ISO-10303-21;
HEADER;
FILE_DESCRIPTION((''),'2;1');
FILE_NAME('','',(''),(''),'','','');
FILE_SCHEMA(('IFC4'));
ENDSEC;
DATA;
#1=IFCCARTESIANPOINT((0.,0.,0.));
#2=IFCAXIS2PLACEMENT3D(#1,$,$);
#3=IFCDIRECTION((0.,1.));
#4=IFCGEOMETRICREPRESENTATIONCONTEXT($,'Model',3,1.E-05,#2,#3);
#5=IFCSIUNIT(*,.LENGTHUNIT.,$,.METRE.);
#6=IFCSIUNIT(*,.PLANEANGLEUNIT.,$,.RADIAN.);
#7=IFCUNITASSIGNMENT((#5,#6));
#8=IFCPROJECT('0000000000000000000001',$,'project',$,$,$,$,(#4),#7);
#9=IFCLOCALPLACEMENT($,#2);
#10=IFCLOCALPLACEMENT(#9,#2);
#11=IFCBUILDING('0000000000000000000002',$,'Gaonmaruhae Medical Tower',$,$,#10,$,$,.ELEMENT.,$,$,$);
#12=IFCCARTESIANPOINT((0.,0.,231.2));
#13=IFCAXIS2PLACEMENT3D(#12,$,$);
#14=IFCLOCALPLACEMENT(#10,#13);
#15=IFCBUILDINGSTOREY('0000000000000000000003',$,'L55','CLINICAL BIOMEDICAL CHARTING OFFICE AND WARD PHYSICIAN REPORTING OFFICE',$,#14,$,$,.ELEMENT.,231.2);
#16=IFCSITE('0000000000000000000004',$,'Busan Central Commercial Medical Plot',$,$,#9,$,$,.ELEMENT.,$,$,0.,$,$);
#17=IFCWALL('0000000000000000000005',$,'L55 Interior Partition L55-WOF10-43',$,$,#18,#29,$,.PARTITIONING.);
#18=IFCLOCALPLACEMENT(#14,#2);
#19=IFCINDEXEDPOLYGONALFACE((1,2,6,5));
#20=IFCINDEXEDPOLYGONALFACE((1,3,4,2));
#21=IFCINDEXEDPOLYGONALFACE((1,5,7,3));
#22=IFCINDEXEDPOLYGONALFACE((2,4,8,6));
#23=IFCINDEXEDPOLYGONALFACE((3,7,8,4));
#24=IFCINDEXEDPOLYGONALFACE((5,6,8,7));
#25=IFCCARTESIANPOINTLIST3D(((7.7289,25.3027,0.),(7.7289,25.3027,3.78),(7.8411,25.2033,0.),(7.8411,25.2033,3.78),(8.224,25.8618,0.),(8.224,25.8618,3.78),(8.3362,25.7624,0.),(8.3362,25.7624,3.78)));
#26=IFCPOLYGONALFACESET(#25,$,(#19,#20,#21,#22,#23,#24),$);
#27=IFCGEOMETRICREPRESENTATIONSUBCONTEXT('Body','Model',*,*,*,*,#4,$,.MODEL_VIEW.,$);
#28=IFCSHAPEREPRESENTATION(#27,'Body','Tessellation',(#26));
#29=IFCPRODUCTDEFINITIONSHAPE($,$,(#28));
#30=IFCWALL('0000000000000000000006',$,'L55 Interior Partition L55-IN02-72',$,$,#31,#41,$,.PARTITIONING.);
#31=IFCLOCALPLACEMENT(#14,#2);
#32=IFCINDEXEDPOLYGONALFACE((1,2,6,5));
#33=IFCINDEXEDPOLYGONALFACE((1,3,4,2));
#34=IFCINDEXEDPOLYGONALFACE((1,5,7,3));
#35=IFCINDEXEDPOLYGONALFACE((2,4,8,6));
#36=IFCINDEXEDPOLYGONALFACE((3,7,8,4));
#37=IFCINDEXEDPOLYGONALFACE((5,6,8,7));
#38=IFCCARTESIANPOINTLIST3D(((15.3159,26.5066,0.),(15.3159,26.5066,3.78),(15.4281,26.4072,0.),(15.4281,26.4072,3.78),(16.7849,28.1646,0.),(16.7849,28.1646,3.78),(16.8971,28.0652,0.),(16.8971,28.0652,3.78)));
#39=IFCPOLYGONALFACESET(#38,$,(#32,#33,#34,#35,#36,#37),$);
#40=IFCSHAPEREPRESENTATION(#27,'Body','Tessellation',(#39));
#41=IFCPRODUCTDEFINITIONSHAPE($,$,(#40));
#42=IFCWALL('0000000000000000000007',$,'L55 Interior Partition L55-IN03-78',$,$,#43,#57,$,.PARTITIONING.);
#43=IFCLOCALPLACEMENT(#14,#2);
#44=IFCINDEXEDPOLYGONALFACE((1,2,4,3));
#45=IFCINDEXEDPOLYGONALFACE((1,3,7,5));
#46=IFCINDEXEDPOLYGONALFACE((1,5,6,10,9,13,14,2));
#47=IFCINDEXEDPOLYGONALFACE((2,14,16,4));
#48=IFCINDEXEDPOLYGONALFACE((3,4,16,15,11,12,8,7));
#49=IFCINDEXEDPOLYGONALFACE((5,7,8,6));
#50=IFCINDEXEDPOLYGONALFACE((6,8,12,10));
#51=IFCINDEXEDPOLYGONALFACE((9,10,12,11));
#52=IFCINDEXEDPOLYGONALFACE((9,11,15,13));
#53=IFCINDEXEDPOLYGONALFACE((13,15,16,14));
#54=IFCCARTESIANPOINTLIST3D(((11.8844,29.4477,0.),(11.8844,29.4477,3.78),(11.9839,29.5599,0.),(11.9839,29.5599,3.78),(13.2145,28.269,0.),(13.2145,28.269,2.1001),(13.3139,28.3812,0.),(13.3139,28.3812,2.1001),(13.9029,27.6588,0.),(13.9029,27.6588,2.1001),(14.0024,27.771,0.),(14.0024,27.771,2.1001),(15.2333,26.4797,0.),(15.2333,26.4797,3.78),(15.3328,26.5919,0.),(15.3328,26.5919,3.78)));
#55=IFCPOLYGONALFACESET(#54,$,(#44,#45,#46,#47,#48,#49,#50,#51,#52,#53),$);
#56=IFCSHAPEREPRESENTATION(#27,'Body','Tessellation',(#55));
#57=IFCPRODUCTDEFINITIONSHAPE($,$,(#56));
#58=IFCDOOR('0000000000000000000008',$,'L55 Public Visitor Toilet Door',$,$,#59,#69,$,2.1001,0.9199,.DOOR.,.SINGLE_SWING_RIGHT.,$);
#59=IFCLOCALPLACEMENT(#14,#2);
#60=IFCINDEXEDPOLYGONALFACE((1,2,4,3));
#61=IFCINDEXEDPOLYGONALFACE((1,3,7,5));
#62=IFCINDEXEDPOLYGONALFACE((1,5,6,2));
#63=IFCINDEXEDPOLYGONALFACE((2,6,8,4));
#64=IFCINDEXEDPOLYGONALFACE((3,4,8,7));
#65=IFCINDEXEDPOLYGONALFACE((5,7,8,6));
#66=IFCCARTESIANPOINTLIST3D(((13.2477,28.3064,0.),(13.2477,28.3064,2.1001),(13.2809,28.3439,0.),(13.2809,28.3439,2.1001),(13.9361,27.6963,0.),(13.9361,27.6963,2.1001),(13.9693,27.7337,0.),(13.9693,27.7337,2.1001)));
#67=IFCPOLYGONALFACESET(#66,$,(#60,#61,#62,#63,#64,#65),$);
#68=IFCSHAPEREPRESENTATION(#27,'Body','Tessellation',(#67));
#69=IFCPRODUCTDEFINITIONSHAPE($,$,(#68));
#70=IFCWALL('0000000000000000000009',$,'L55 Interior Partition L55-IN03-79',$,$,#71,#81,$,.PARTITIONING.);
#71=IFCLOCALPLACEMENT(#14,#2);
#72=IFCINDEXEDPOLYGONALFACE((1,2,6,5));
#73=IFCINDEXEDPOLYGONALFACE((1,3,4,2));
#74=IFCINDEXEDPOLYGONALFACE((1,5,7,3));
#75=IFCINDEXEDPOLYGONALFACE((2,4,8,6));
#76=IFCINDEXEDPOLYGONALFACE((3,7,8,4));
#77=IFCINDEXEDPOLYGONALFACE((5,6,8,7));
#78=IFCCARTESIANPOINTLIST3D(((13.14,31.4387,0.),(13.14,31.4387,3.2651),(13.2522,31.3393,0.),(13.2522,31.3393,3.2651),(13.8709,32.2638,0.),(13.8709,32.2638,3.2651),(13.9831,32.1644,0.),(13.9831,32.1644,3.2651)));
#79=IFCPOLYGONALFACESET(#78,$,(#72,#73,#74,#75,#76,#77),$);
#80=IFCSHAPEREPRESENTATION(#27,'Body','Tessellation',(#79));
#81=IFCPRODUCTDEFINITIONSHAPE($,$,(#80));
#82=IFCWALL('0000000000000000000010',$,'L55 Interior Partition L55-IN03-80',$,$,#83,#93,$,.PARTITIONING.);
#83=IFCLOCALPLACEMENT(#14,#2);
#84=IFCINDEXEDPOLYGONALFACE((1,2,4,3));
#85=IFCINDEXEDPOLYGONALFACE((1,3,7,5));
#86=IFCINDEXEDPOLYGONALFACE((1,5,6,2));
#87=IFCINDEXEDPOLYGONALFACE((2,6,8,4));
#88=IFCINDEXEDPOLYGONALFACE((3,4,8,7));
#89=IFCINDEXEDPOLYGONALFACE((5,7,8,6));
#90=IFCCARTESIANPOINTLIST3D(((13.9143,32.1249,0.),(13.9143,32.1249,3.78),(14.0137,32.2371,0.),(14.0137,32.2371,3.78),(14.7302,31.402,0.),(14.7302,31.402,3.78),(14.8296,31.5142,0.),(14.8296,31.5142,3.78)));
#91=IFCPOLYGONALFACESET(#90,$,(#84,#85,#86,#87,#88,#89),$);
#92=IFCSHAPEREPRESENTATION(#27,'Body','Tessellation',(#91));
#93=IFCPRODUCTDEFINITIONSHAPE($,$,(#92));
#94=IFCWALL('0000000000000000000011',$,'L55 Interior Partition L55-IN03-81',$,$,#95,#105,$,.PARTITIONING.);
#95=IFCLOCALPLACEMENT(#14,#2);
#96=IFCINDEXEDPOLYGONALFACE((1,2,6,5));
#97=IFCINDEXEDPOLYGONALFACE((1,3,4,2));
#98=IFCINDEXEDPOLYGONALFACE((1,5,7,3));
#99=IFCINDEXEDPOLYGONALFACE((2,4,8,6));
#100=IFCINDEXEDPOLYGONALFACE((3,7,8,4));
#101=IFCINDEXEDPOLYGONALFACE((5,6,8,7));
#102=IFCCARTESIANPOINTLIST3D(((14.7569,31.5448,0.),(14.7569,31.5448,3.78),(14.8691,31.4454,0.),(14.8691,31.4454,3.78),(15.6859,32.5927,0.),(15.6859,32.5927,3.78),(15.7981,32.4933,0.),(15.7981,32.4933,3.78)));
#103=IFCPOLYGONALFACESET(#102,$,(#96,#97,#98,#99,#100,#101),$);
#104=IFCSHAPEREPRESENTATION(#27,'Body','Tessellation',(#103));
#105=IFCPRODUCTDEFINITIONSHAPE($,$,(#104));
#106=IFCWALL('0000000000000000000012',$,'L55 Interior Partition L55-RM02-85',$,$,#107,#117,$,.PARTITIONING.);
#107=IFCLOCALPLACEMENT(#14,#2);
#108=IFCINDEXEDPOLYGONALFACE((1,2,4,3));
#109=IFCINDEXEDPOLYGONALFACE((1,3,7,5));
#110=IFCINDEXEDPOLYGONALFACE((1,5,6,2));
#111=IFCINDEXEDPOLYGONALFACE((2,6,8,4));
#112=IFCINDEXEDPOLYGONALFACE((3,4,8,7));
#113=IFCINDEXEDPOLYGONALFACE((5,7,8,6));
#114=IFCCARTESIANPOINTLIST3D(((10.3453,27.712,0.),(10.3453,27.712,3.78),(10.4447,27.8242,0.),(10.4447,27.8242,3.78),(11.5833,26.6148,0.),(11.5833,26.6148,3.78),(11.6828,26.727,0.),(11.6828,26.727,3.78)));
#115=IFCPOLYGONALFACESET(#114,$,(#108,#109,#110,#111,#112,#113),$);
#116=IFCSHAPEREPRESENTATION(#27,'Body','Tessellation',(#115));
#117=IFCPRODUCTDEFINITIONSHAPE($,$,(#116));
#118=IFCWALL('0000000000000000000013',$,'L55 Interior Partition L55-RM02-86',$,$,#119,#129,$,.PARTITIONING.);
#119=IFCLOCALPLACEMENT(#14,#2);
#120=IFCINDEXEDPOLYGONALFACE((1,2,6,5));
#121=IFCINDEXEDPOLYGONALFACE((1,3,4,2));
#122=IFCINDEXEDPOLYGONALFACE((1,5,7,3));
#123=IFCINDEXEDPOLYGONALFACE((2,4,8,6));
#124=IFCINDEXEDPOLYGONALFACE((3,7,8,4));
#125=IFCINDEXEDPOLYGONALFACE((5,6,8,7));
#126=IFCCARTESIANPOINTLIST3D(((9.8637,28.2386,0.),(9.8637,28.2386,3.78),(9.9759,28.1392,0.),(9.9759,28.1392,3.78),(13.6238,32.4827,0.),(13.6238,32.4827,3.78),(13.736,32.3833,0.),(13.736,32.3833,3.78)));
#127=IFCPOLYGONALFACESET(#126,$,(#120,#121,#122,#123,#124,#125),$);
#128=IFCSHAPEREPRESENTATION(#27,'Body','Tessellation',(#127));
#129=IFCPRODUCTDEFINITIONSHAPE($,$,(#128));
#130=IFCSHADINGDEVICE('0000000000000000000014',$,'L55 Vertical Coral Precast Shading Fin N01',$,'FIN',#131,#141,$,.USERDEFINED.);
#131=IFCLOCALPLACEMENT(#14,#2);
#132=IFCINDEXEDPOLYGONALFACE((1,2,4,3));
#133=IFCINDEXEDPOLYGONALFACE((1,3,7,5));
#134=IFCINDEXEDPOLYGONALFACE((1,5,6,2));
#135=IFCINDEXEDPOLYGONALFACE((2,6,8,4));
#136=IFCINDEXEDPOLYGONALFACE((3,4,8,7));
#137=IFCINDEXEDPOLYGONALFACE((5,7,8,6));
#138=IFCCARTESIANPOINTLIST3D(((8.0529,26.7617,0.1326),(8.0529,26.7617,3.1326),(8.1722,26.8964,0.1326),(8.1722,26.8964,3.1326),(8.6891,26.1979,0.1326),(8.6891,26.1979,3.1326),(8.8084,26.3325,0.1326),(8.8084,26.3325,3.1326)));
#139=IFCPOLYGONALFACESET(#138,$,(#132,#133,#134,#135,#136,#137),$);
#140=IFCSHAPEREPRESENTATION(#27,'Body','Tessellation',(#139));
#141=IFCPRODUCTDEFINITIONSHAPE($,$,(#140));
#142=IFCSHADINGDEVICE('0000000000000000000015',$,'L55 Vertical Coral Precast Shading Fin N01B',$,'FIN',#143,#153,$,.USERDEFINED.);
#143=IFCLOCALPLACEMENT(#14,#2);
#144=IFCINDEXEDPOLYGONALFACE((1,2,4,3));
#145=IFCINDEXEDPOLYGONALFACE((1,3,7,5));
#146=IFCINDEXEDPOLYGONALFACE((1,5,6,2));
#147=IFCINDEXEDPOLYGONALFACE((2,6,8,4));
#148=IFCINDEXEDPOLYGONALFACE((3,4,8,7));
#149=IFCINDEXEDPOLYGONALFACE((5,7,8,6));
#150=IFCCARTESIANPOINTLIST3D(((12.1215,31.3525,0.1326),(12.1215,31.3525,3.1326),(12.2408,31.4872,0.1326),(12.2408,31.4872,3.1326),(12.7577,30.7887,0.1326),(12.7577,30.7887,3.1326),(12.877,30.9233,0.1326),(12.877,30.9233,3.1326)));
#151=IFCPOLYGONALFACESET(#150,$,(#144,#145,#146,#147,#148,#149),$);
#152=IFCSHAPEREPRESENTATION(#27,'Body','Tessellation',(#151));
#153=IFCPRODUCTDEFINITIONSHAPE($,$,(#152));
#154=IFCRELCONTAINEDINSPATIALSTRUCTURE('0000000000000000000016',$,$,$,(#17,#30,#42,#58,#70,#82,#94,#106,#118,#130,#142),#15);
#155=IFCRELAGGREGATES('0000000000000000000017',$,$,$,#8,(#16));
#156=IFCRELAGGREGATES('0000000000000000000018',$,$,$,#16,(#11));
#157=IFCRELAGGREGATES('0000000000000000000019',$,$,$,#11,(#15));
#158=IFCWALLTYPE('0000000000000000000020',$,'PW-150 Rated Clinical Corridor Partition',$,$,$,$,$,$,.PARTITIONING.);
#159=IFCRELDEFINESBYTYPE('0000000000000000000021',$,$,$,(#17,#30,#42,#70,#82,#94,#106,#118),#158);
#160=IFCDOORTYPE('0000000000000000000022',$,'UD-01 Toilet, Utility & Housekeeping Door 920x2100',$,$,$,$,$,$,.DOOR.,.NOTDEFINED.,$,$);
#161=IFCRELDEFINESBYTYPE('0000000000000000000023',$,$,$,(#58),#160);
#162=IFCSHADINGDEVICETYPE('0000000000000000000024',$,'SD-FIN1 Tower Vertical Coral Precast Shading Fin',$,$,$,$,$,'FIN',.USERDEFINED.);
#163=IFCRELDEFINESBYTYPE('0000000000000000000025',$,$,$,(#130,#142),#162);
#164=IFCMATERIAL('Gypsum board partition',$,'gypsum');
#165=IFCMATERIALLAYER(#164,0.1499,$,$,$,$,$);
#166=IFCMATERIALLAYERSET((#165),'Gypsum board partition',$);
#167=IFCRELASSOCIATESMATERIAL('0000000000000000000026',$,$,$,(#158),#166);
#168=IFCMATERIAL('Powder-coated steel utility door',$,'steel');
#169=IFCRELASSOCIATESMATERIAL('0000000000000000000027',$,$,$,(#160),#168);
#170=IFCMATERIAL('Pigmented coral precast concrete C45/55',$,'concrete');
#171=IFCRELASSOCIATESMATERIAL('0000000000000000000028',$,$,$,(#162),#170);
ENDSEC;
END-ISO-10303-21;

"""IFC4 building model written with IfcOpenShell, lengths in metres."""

from ifc_helpers import new_model, si_unit, direction, frame, frame_2d, origin, origin_2d, place, context, subcontext, project, spatial, rectangle, extrude, material, layer, layer_set, type_object, element, fill, save


model = new_model("IFC4")

# Units and contexts
model_context = context("Model", 3, precision=1e-05, world=origin(), true_north=direction((0.0, 1.0)))
body_context = subcontext(model_context, "Body", "Model", "MODEL_VIEW")
ifc_project = project(units=[si_unit("LENGTHUNIT", "METRE"), si_unit("PLANEANGLEUNIT", "RADIAN")], contexts=[model_context])

# Site, building, storey
site_placement = place(None, origin())
site = spatial("IfcSite", under=ifc_project, at=site_placement, Name="Busan Central Commercial Medical Plot", CompositionType="ELEMENT", RefElevation=0.0)
building_placement = place(site_placement, origin())
building = spatial("IfcBuilding", under=site, at=building_placement, Name="Gaonmaruhae Medical Tower", CompositionType="ELEMENT")
storey_placement = place(building_placement, frame((0.0, 0.0, 231.2)))
storey = spatial("IfcBuildingStorey", under=building, at=storey_placement, Name="L55", Description="CLINICAL BIOMEDICAL CHARTING OFFICE AND WARD PHYSICIAN REPORTING OFFICE", CompositionType="ELEMENT", Elevation=231.2)

# Wall
ifc_material_1 = material(Name="Gypsum board partition", Category="gypsum")
ifc_layer_1 = layer(ifc_material_1, 0.1499)
ifc_layer_set_1 = layer_set([ifc_layer_1], Name="Gypsum board partition")
wall_type_1 = type_object("IfcWallType", Name="PW-150 Rated Clinical Corridor Partition", PredefinedType="PARTITIONING", material=ifc_layer_set_1)
wall_1_placement = place(storey_placement, frame((7.7849, 25.2529, 0.0), z_axis=(0.0, 0.0, 1.0), x_axis=(0.662983, 0.748635, 0.0)))
element("IfcWall", 1, at=wall_1_placement, inside=storey, type_object=wall_type_1, Name="L55 Interior Partition L55-WOF10-43", PredefinedType="PARTITIONING", context=body_context, shape_type="SweptSolid", body=[
    extrude(rectangle(XDim=0.7468, YDim=0.1499, at=frame_2d((0.3735, 0.0))), origin(), (0.0, 0.0, 1.0), 3.78),
])

# Wall
wall_2_placement = place(storey_placement, frame((15.3721, 26.457, 0.0), z_axis=(0.0, 0.0, 1.0), x_axis=(0.663166, 0.748473, 0.0)))
element("IfcWall", 2, at=wall_2_placement, inside=storey, type_object=wall_type_1, Name="L55 Interior Partition L55-IN02-72", PredefinedType="PARTITIONING", context=body_context, shape_type="SweptSolid", body=[
    extrude(rectangle(XDim=2.2151, YDim=0.1499, at=frame_2d((1.1074, 0.0))), origin(), (0.0, 0.0, 1.0), 3.78),
])

# Wall, opening, door
wall_3_placement = place(storey_placement, frame((15.283, 26.5359, 0.0), z_axis=(0.0, 0.0, 1.0), x_axis=(-0.748381, 0.663269, 0.0)))
wall_3 = element("IfcWall", 3, at=wall_3_placement, inside=storey, type_object=wall_type_1, Name="L55 Interior Partition L55-IN03-78", PredefinedType="PARTITIONING", context=body_context, shape_type="SweptSolid", body=[
    extrude(rectangle(XDim=4.4749, YDim=0.1499, at=frame_2d((2.2373, 0.0))), origin(), (0.0, 0.0, 1.0), 3.78),
])
opening_1_placement = place(wall_3_placement, frame((1.7776, 0.0, 0.0)))
opening_1 = element("IfcOpeningElement", 4, at=opening_1_placement, cuts=wall_3, PredefinedType="OPENING", context=body_context, shape_type="SweptSolid", body=[
    extrude(rectangle(XDim=0.9199, YDim=2.1001, at=frame_2d((0.46, 1.05))), frame((0.0, 0.085, 0.0), z_axis=(0.0, -1.0, 0.0), x_axis=(1.0, 0.0, 0.0)), (0.0, 0.0, 1.0), 0.1699),
])
ifc_material_2 = material(Name="Powder-coated steel utility door", Category="steel")
door_type_1 = type_object("IfcDoorType", Name="UD-01 Toilet, Utility & Housekeeping Door 920x2100", OperationType="NOTDEFINED", PredefinedType="DOOR", material=ifc_material_2)
door_1_placement = place(opening_1_placement, origin())
door_1 = element("IfcDoor", 5, at=door_1_placement, inside=storey, type_object=door_type_1, Name="L55 Public Visitor Toilet Door", OperationType="SINGLE_SWING_RIGHT", OverallHeight=2.1001, OverallWidth=0.9199, PredefinedType="DOOR", context=body_context, shape_type="SweptSolid", body=[
    extrude(rectangle(XDim=0.9199, YDim=2.1001, at=frame_2d((0.46, 1.05))), frame((0.0, 0.0249, 0.0), z_axis=(0.0, -1.0, 0.0), x_axis=(1.0, 0.0, 0.0)), (0.0, 0.0, 1.0), 0.05),
])
fill(opening_1, door_1)

# Walls
wall_4_placement = place(storey_placement, frame((13.196, 31.3889, 0.0), z_axis=(0.0, 0.0, 1.0), x_axis=(0.663071, 0.748557, 0.0)))
element("IfcWall", 6, at=wall_4_placement, inside=storey, type_object=wall_type_1, Name="L55 Interior Partition L55-IN03-79", PredefinedType="PARTITIONING", context=body_context, shape_type="SweptSolid", body=[
    extrude(rectangle(XDim=1.1023, YDim=0.1499, at=frame_2d((0.5513, 0.0))), origin(), (0.0, 0.0, 1.0), 3.2651),
])
wall_5_placement = place(storey_placement, frame((13.9641, 32.1809, 0.0), z_axis=(0.0, 0.0, 1.0), x_axis=(0.748483, -0.663154, 0.0)))
element("IfcWall", 7, at=wall_5_placement, inside=storey, type_object=wall_type_1, Name="L55 Interior Partition L55-IN03-80", PredefinedType="PARTITIONING", context=body_context, shape_type="SweptSolid", body=[
    extrude(rectangle(XDim=1.0901, YDim=0.1499, at=frame_2d((0.5449, 0.0))), origin(), (0.0, 0.0, 1.0), 3.78),
])
wall_6_placement = place(storey_placement, frame((14.813, 31.4951, 0.0), z_axis=(0.0, 0.0, 1.0), x_axis=(0.663379, 0.748284, 0.0)))
element("IfcWall", 8, at=wall_6_placement, inside=storey, type_object=wall_type_1, Name="L55 Interior Partition L55-IN03-81", PredefinedType="PARTITIONING", context=body_context, shape_type="SweptSolid", body=[
    extrude(rectangle(XDim=1.4004, YDim=0.1499, at=frame_2d((0.7002, 0.0))), origin(), (0.0, 0.0, 1.0), 3.78),
])

# Walls
wall_7_placement = place(storey_placement, frame((11.6331, 26.6709, 0.0), z_axis=(0.0, 0.0, 1.0), x_axis=(-0.748402, 0.663246, 0.0)))
element("IfcWall", 9, at=wall_7_placement, inside=storey, type_object=wall_type_1, Name="L55 Interior Partition L55-RM02-85", PredefinedType="PARTITIONING", context=body_context, shape_type="SweptSolid", body=[
    extrude(rectangle(XDim=1.6543, YDim=0.1499, at=frame_2d((0.8271, 0.0))), origin(), (0.0, 0.0, 1.0), 3.78),
])
wall_8_placement = place(storey_placement, frame((9.9199, 28.189, 0.0), z_axis=(0.0, 0.0, 1.0), x_axis=(0.663126, 0.748508, 0.0)))
element("IfcWall", 10, at=wall_8_placement, inside=storey, type_object=wall_type_1, Name="L55 Interior Partition L55-RM02-86", PredefinedType="PARTITIONING", context=body_context, shape_type="SweptSolid", body=[
    extrude(rectangle(XDim=5.6702, YDim=0.1499, at=frame_2d((2.835, 0.0))), origin(), (0.0, 0.0, 1.0), 3.78),
])

# Shading devices
ifc_material_3 = material(Name="Pigmented coral precast concrete C45/55", Category="concrete")
shading_device_type = type_object("IfcShadingDeviceType", Name="SD-FIN1 Tower Vertical Coral Precast Shading Fin", ElementType="FIN", PredefinedType="USERDEFINED", material=ifc_material_3)
for number, where, z_axis, x_axis, name in (
    (11, (8.4307, 26.5471, 0.1326), (0.0, 0.0, 1.0), (0.663273, 0.748377, 0.0), "L55 Vertical Coral Precast Shading Fin N01"),
    (12, (12.4993, 31.1379, 0.1326), (0.0, 0.0, 1.0), (0.663273, 0.748377, 0.0), "L55 Vertical Coral Precast Shading Fin N01B"),
):
    element("IfcShadingDevice", number, at=place(storey_placement, frame(where, z_axis=z_axis, x_axis=x_axis)), inside=storey, type_object=shading_device_type, Name=name, ObjectType="FIN", PredefinedType="USERDEFINED", context=body_context, shape_type="SweptSolid", body=[
        extrude(rectangle(XDim=0.1799, YDim=0.8501, at=origin_2d()), origin(), (0.0, 0.0, 1.0), 3.0),
    ])

save(model, "model.ifc")
